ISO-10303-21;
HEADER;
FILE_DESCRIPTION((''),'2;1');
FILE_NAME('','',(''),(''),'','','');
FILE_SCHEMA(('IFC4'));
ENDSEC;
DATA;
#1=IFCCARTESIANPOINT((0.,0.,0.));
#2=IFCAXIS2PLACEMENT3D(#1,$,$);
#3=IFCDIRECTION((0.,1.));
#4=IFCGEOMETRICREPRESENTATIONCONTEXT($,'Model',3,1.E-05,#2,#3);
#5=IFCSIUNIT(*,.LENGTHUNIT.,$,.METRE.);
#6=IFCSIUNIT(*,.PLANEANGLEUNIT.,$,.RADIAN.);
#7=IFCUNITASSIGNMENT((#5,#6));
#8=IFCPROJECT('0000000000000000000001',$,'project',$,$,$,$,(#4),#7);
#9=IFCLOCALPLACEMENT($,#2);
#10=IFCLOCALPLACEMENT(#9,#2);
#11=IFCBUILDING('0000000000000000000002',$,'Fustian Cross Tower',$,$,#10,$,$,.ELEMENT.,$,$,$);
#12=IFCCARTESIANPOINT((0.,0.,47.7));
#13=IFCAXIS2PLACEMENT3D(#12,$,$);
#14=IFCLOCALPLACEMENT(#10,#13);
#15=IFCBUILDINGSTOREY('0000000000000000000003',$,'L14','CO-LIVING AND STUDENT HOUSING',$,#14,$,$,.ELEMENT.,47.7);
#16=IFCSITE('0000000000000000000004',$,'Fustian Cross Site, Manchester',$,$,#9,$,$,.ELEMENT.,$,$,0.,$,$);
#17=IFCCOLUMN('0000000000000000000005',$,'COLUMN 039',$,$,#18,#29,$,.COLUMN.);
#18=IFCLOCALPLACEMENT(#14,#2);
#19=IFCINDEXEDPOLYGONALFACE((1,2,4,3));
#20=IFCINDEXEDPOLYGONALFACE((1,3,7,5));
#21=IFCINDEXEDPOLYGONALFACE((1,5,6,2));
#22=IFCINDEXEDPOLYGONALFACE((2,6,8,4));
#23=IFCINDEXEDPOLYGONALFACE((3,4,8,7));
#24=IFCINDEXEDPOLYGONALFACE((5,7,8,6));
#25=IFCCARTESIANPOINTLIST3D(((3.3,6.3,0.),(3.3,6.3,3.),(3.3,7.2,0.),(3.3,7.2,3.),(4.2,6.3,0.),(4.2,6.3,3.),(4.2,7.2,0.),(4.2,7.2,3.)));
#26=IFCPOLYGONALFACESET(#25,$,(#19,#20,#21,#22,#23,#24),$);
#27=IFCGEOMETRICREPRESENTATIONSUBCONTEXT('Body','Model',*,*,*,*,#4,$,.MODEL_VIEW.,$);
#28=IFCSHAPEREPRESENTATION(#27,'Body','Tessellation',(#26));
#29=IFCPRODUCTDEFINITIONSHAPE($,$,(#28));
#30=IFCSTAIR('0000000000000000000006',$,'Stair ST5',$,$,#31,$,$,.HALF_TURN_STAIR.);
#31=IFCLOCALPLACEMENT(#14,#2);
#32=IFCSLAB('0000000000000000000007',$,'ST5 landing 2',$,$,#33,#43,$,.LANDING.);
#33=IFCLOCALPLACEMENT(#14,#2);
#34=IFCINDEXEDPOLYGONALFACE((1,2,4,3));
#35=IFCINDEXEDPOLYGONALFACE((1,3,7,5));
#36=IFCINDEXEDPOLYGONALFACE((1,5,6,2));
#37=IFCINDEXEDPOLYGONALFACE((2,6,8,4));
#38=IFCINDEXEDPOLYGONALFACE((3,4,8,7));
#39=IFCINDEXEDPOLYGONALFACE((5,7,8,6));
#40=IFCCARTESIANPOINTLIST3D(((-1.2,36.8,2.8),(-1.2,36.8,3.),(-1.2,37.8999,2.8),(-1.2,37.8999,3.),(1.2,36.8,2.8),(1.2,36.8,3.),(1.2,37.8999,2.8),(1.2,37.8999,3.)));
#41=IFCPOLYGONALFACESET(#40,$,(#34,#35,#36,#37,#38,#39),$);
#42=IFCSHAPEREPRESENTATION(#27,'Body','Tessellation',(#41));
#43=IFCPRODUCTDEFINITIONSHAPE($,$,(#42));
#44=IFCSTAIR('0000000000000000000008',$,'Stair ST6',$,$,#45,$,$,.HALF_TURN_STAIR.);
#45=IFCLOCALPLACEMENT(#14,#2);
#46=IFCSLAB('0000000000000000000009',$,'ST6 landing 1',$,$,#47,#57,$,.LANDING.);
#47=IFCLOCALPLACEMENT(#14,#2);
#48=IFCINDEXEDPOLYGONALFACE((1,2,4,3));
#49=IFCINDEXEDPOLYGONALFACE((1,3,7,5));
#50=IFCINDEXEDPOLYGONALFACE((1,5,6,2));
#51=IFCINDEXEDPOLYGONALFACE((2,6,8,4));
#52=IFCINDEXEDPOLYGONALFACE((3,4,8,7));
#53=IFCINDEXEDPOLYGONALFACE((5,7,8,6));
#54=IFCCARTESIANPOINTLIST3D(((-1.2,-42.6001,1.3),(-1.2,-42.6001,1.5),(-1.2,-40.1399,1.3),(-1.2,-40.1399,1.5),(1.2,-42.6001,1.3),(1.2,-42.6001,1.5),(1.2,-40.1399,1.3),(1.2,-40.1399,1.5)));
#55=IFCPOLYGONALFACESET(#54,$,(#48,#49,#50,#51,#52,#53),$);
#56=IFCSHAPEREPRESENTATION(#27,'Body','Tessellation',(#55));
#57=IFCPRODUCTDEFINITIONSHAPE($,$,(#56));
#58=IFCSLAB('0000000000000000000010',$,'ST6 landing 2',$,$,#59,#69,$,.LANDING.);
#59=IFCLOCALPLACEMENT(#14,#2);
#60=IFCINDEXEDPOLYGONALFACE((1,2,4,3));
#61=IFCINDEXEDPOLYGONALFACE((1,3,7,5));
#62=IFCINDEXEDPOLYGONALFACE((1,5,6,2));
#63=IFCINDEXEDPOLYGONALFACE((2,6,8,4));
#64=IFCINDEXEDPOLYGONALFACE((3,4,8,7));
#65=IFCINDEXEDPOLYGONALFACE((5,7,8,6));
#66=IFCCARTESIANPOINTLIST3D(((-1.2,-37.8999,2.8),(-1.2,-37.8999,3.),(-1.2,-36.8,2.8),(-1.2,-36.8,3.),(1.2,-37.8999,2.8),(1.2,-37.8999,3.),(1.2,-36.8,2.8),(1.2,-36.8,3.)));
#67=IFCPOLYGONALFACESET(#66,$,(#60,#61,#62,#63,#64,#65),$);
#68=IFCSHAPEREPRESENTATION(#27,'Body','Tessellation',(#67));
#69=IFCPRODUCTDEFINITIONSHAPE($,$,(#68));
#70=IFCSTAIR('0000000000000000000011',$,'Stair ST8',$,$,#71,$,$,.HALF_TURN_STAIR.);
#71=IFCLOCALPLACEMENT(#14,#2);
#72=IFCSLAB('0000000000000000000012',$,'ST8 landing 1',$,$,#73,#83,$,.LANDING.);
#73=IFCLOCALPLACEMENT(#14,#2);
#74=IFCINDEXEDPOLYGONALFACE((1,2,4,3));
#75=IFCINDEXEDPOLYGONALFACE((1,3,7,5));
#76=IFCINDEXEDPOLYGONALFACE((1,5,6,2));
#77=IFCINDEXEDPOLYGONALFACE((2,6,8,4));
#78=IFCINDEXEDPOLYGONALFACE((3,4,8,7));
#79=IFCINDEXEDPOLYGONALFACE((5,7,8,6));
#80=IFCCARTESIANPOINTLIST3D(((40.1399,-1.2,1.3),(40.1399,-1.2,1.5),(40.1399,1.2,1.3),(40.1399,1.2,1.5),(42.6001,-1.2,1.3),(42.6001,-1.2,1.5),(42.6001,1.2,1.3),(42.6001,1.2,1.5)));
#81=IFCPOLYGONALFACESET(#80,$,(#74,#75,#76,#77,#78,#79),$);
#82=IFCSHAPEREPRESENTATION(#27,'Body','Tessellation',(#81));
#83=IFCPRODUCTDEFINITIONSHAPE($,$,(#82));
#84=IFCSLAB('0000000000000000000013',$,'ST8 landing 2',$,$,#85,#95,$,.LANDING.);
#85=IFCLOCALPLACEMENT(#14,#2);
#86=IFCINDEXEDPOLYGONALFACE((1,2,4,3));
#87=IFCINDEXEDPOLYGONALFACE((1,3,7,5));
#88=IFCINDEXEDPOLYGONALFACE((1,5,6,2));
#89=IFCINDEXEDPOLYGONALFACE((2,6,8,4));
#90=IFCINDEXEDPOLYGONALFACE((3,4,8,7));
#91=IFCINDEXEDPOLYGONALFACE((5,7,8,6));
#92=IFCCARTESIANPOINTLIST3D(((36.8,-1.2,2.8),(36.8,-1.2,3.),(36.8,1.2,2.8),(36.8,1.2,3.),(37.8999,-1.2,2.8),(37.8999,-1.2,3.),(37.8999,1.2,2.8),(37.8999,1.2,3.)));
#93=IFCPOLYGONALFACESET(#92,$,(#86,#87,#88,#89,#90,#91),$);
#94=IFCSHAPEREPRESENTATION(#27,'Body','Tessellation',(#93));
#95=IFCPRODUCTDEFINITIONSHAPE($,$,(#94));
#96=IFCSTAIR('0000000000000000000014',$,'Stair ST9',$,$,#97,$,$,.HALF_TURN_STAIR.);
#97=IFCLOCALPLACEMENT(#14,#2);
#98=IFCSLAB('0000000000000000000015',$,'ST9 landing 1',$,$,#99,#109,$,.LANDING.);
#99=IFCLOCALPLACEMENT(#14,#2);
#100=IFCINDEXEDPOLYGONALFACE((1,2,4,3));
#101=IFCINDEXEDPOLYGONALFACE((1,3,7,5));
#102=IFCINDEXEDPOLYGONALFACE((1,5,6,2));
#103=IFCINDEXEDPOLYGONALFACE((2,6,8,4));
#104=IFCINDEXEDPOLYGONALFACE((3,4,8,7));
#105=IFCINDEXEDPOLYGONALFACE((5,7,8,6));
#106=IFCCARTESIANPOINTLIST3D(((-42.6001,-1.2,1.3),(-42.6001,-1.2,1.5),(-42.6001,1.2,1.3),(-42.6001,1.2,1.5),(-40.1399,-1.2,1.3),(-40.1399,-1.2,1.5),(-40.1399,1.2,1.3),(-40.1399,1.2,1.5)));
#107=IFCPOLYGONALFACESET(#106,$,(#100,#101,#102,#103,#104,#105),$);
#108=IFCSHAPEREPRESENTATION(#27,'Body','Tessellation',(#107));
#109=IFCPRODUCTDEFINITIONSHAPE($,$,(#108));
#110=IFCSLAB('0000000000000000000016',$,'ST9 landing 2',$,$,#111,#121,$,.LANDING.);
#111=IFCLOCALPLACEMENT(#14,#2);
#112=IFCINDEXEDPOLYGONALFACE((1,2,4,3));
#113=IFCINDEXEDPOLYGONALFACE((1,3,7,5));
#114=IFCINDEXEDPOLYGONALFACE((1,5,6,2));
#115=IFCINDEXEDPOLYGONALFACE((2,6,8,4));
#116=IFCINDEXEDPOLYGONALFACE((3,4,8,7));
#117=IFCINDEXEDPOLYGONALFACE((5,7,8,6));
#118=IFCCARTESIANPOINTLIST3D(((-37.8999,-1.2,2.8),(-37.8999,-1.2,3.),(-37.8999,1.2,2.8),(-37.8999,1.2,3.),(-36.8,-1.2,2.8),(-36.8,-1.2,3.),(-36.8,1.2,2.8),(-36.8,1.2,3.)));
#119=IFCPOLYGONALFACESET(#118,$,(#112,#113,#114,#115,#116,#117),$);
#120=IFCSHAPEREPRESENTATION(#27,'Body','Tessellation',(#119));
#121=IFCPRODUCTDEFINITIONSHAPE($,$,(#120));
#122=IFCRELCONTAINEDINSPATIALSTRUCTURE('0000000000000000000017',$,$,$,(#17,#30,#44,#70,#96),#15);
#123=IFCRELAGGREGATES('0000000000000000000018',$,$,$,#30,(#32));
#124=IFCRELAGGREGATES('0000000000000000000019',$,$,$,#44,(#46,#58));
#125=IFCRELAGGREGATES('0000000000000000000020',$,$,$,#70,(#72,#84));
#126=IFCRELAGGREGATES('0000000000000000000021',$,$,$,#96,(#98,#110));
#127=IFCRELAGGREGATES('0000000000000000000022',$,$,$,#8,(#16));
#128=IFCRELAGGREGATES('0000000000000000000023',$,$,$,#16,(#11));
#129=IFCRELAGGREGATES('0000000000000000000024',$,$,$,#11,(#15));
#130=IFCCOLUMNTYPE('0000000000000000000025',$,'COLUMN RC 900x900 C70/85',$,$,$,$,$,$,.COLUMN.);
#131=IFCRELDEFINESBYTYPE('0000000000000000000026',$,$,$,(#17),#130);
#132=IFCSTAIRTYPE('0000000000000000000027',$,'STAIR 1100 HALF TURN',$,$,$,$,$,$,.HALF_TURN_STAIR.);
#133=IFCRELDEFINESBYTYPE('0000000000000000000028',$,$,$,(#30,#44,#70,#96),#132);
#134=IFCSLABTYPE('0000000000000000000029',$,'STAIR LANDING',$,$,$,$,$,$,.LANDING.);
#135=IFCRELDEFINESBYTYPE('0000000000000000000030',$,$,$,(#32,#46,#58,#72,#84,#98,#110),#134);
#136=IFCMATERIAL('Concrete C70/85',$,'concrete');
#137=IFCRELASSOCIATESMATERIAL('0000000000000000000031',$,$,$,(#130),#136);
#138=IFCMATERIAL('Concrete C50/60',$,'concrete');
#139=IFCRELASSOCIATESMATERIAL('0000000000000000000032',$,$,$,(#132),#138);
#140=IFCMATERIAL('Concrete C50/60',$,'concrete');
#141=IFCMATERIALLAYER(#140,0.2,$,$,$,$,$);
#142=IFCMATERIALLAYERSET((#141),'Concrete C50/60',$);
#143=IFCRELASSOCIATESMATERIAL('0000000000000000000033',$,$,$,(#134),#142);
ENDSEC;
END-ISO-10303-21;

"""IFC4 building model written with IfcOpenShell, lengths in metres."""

from ifc_helpers import new_model, si_unit, direction, frame, origin, origin_2d, place, context, subcontext, project, spatial, polyline, rectangle, outline, extrude, material, layer, layer_set, material_profile, profile_set, type_object, element, aggregate, save


model = new_model("IFC4")

# Units and contexts
model_context = context("Model", 3, precision=1e-05, world=origin(), true_north=direction((0.0, 1.0)))
body_context = subcontext(model_context, "Body", "Model", "MODEL_VIEW")
ifc_project = project(units=[si_unit("LENGTHUNIT", "METRE"), si_unit("PLANEANGLEUNIT", "RADIAN")], contexts=[model_context])

# Site, building, storey
site_placement = place(None, origin())
site = spatial("IfcSite", under=ifc_project, at=site_placement, Name="Fustian Cross Site, Manchester", CompositionType="ELEMENT", RefElevation=0.0)
building_placement = place(site_placement, origin())
building = spatial("IfcBuilding", under=site, at=building_placement, Name="Fustian Cross Tower", CompositionType="ELEMENT")
storey_placement = place(building_placement, frame((0.0, 0.0, 47.7)))
storey = spatial("IfcBuildingStorey", under=building, at=storey_placement, Name="L14", Description="CO-LIVING AND STUDENT HOUSING", CompositionType="ELEMENT", Elevation=47.7)

# Column
ifc_material_1 = material(Name="Concrete C70/85", Category="concrete")
ifc_material_profile = material_profile(ifc_material_1, rectangle(XDim=0.8999, YDim=0.8999, at=origin_2d()), Name="RC 900x900")
ifc_profile_set = profile_set([ifc_material_profile], Name="Concrete C70/85")
column_type = type_object("IfcColumnType", Name="COLUMN RC 900x900 C70/85", PredefinedType="COLUMN", material=ifc_profile_set)
column_placement = place(storey_placement, frame((3.75, 6.75, 0.0), z_axis=(0.0, 0.0, 1.0), x_axis=(1.0, 0.0, 0.0)))
element("IfcColumn", 1, at=column_placement, inside=storey, type_object=column_type, Name="COLUMN 039", PredefinedType="COLUMN", context=body_context, shape_type="SweptSolid", body=[
    extrude(rectangle(XDim=0.8999, YDim=0.8999, at=origin_2d()), origin(), (0.0, 0.0, 1.0), 3.0),
])

# Stair, slab
ifc_material_2 = material(Name="Concrete C50/60", Category="concrete")
stair_type = type_object("IfcStairType", Name="STAIR 1100 HALF TURN", PredefinedType="HALF_TURN_STAIR", material=ifc_material_2)
stair_1_placement = place(storey_placement, origin())
stair_1 = element("IfcStair", 2, at=stair_1_placement, inside=storey, type_object=stair_type, Name="Stair ST5", PredefinedType="HALF_TURN_STAIR")
ifc_material_3 = material(Name="Concrete C50/60", Category="concrete")
ifc_layer_1 = layer(ifc_material_3, 0.2)
ifc_layer_set_1 = layer_set([ifc_layer_1], Name="Concrete C50/60")
slab_type = type_object("IfcSlabType", Name="STAIR LANDING", PredefinedType="LANDING", material=ifc_layer_set_1)
slab_1_placement = place(storey_placement, frame((0.0, 0.0, 2.8)))
slab_1 = element("IfcSlab", 3, at=slab_1_placement, type_object=slab_type, Name="ST5 landing 2", PredefinedType="LANDING", context=body_context, shape_type="SweptSolid", body=[
    extrude(outline(polyline([(-1.2, 36.8), (-1.2, 37.8999), (1.2, 37.8999), (1.2, 36.8), (-1.2, 36.8)])), origin(), (0.0, 0.0, 1.0), 0.2),
])
aggregate(stair_1, [slab_1])

# Stairs, slabs
stair_2_placement = place(storey_placement, origin())
stair_2 = element("IfcStair", 4, at=stair_2_placement, inside=storey, type_object=stair_type, Name="Stair ST6", PredefinedType="HALF_TURN_STAIR")
slab_2_placement = place(storey_placement, frame((0.0, 0.0, 1.3)))
slab_2 = element("IfcSlab", 5, at=slab_2_placement, type_object=slab_type, Name="ST6 landing 1", PredefinedType="LANDING", context=body_context, shape_type="SweptSolid", body=[
    extrude(outline(polyline([(-1.2, -40.1399), (-1.2, -42.6001), (1.2, -42.6001), (1.2, -40.1399), (-1.2, -40.1399)])), origin(), (0.0, 0.0, 1.0), 0.2),
])
slab_3_placement = place(storey_placement, frame((0.0, 0.0, 2.8)))
slab_3 = element("IfcSlab", 6, at=slab_3_placement, type_object=slab_type, Name="ST6 landing 2", PredefinedType="LANDING", context=body_context, shape_type="SweptSolid", body=[
    extrude(outline(polyline([(-1.2, -36.8), (-1.2, -37.8999), (1.2, -37.8999), (1.2, -36.8), (-1.2, -36.8)])), origin(), (0.0, 0.0, 1.0), 0.2),
])
aggregate(stair_2, [slab_2, slab_3])
stair_3_placement = place(storey_placement, origin())
stair_3 = element("IfcStair", 7, at=stair_3_placement, inside=storey, type_object=stair_type, Name="Stair ST8", PredefinedType="HALF_TURN_STAIR")
slab_4_placement = place(storey_placement, frame((0.0, 0.0, 1.3)))
slab_4 = element("IfcSlab", 8, at=slab_4_placement, type_object=slab_type, Name="ST8 landing 1", PredefinedType="LANDING", context=body_context, shape_type="SweptSolid", body=[
    extrude(outline(polyline([(40.1399, -1.2), (42.6001, -1.2), (42.6001, 1.2), (40.1399, 1.2), (40.1399, -1.2)])), origin(), (0.0, 0.0, 1.0), 0.2),
])
slab_5_placement = place(storey_placement, frame((0.0, 0.0, 2.8)))
slab_5 = element("IfcSlab", 9, at=slab_5_placement, type_object=slab_type, Name="ST8 landing 2", PredefinedType="LANDING", context=body_context, shape_type="SweptSolid", body=[
    extrude(outline(polyline([(36.8, -1.2), (37.8999, -1.2), (37.8999, 1.2), (36.8, 1.2), (36.8, -1.2)])), origin(), (0.0, 0.0, 1.0), 0.2),
])
aggregate(stair_3, [slab_4, slab_5])
stair_4_placement = place(storey_placement, origin())
stair_4 = element("IfcStair", 10, at=stair_4_placement, inside=storey, type_object=stair_type, Name="Stair ST9", PredefinedType="HALF_TURN_STAIR")
slab_6_placement = place(storey_placement, frame((0.0, 0.0, 1.3)))
slab_6 = element("IfcSlab", 11, at=slab_6_placement, type_object=slab_type, Name="ST9 landing 1", PredefinedType="LANDING", context=body_context, shape_type="SweptSolid", body=[
    extrude(outline(polyline([(-40.1399, -1.2), (-42.6001, -1.2), (-42.6001, 1.2), (-40.1399, 1.2), (-40.1399, -1.2)])), origin(), (0.0, 0.0, 1.0), 0.2),
])
slab_7_placement = place(storey_placement, frame((0.0, 0.0, 2.8)))
slab_7 = element("IfcSlab", 12, at=slab_7_placement, type_object=slab_type, Name="ST9 landing 2", PredefinedType="LANDING", context=body_context, shape_type="SweptSolid", body=[
    extrude(outline(polyline([(-36.8, -1.2), (-37.8999, -1.2), (-37.8999, 1.2), (-36.8, 1.2), (-36.8, -1.2)])), origin(), (0.0, 0.0, 1.0), 0.2),
])
aggregate(stair_4, [slab_6, slab_7])

save(model, "model.ifc")
